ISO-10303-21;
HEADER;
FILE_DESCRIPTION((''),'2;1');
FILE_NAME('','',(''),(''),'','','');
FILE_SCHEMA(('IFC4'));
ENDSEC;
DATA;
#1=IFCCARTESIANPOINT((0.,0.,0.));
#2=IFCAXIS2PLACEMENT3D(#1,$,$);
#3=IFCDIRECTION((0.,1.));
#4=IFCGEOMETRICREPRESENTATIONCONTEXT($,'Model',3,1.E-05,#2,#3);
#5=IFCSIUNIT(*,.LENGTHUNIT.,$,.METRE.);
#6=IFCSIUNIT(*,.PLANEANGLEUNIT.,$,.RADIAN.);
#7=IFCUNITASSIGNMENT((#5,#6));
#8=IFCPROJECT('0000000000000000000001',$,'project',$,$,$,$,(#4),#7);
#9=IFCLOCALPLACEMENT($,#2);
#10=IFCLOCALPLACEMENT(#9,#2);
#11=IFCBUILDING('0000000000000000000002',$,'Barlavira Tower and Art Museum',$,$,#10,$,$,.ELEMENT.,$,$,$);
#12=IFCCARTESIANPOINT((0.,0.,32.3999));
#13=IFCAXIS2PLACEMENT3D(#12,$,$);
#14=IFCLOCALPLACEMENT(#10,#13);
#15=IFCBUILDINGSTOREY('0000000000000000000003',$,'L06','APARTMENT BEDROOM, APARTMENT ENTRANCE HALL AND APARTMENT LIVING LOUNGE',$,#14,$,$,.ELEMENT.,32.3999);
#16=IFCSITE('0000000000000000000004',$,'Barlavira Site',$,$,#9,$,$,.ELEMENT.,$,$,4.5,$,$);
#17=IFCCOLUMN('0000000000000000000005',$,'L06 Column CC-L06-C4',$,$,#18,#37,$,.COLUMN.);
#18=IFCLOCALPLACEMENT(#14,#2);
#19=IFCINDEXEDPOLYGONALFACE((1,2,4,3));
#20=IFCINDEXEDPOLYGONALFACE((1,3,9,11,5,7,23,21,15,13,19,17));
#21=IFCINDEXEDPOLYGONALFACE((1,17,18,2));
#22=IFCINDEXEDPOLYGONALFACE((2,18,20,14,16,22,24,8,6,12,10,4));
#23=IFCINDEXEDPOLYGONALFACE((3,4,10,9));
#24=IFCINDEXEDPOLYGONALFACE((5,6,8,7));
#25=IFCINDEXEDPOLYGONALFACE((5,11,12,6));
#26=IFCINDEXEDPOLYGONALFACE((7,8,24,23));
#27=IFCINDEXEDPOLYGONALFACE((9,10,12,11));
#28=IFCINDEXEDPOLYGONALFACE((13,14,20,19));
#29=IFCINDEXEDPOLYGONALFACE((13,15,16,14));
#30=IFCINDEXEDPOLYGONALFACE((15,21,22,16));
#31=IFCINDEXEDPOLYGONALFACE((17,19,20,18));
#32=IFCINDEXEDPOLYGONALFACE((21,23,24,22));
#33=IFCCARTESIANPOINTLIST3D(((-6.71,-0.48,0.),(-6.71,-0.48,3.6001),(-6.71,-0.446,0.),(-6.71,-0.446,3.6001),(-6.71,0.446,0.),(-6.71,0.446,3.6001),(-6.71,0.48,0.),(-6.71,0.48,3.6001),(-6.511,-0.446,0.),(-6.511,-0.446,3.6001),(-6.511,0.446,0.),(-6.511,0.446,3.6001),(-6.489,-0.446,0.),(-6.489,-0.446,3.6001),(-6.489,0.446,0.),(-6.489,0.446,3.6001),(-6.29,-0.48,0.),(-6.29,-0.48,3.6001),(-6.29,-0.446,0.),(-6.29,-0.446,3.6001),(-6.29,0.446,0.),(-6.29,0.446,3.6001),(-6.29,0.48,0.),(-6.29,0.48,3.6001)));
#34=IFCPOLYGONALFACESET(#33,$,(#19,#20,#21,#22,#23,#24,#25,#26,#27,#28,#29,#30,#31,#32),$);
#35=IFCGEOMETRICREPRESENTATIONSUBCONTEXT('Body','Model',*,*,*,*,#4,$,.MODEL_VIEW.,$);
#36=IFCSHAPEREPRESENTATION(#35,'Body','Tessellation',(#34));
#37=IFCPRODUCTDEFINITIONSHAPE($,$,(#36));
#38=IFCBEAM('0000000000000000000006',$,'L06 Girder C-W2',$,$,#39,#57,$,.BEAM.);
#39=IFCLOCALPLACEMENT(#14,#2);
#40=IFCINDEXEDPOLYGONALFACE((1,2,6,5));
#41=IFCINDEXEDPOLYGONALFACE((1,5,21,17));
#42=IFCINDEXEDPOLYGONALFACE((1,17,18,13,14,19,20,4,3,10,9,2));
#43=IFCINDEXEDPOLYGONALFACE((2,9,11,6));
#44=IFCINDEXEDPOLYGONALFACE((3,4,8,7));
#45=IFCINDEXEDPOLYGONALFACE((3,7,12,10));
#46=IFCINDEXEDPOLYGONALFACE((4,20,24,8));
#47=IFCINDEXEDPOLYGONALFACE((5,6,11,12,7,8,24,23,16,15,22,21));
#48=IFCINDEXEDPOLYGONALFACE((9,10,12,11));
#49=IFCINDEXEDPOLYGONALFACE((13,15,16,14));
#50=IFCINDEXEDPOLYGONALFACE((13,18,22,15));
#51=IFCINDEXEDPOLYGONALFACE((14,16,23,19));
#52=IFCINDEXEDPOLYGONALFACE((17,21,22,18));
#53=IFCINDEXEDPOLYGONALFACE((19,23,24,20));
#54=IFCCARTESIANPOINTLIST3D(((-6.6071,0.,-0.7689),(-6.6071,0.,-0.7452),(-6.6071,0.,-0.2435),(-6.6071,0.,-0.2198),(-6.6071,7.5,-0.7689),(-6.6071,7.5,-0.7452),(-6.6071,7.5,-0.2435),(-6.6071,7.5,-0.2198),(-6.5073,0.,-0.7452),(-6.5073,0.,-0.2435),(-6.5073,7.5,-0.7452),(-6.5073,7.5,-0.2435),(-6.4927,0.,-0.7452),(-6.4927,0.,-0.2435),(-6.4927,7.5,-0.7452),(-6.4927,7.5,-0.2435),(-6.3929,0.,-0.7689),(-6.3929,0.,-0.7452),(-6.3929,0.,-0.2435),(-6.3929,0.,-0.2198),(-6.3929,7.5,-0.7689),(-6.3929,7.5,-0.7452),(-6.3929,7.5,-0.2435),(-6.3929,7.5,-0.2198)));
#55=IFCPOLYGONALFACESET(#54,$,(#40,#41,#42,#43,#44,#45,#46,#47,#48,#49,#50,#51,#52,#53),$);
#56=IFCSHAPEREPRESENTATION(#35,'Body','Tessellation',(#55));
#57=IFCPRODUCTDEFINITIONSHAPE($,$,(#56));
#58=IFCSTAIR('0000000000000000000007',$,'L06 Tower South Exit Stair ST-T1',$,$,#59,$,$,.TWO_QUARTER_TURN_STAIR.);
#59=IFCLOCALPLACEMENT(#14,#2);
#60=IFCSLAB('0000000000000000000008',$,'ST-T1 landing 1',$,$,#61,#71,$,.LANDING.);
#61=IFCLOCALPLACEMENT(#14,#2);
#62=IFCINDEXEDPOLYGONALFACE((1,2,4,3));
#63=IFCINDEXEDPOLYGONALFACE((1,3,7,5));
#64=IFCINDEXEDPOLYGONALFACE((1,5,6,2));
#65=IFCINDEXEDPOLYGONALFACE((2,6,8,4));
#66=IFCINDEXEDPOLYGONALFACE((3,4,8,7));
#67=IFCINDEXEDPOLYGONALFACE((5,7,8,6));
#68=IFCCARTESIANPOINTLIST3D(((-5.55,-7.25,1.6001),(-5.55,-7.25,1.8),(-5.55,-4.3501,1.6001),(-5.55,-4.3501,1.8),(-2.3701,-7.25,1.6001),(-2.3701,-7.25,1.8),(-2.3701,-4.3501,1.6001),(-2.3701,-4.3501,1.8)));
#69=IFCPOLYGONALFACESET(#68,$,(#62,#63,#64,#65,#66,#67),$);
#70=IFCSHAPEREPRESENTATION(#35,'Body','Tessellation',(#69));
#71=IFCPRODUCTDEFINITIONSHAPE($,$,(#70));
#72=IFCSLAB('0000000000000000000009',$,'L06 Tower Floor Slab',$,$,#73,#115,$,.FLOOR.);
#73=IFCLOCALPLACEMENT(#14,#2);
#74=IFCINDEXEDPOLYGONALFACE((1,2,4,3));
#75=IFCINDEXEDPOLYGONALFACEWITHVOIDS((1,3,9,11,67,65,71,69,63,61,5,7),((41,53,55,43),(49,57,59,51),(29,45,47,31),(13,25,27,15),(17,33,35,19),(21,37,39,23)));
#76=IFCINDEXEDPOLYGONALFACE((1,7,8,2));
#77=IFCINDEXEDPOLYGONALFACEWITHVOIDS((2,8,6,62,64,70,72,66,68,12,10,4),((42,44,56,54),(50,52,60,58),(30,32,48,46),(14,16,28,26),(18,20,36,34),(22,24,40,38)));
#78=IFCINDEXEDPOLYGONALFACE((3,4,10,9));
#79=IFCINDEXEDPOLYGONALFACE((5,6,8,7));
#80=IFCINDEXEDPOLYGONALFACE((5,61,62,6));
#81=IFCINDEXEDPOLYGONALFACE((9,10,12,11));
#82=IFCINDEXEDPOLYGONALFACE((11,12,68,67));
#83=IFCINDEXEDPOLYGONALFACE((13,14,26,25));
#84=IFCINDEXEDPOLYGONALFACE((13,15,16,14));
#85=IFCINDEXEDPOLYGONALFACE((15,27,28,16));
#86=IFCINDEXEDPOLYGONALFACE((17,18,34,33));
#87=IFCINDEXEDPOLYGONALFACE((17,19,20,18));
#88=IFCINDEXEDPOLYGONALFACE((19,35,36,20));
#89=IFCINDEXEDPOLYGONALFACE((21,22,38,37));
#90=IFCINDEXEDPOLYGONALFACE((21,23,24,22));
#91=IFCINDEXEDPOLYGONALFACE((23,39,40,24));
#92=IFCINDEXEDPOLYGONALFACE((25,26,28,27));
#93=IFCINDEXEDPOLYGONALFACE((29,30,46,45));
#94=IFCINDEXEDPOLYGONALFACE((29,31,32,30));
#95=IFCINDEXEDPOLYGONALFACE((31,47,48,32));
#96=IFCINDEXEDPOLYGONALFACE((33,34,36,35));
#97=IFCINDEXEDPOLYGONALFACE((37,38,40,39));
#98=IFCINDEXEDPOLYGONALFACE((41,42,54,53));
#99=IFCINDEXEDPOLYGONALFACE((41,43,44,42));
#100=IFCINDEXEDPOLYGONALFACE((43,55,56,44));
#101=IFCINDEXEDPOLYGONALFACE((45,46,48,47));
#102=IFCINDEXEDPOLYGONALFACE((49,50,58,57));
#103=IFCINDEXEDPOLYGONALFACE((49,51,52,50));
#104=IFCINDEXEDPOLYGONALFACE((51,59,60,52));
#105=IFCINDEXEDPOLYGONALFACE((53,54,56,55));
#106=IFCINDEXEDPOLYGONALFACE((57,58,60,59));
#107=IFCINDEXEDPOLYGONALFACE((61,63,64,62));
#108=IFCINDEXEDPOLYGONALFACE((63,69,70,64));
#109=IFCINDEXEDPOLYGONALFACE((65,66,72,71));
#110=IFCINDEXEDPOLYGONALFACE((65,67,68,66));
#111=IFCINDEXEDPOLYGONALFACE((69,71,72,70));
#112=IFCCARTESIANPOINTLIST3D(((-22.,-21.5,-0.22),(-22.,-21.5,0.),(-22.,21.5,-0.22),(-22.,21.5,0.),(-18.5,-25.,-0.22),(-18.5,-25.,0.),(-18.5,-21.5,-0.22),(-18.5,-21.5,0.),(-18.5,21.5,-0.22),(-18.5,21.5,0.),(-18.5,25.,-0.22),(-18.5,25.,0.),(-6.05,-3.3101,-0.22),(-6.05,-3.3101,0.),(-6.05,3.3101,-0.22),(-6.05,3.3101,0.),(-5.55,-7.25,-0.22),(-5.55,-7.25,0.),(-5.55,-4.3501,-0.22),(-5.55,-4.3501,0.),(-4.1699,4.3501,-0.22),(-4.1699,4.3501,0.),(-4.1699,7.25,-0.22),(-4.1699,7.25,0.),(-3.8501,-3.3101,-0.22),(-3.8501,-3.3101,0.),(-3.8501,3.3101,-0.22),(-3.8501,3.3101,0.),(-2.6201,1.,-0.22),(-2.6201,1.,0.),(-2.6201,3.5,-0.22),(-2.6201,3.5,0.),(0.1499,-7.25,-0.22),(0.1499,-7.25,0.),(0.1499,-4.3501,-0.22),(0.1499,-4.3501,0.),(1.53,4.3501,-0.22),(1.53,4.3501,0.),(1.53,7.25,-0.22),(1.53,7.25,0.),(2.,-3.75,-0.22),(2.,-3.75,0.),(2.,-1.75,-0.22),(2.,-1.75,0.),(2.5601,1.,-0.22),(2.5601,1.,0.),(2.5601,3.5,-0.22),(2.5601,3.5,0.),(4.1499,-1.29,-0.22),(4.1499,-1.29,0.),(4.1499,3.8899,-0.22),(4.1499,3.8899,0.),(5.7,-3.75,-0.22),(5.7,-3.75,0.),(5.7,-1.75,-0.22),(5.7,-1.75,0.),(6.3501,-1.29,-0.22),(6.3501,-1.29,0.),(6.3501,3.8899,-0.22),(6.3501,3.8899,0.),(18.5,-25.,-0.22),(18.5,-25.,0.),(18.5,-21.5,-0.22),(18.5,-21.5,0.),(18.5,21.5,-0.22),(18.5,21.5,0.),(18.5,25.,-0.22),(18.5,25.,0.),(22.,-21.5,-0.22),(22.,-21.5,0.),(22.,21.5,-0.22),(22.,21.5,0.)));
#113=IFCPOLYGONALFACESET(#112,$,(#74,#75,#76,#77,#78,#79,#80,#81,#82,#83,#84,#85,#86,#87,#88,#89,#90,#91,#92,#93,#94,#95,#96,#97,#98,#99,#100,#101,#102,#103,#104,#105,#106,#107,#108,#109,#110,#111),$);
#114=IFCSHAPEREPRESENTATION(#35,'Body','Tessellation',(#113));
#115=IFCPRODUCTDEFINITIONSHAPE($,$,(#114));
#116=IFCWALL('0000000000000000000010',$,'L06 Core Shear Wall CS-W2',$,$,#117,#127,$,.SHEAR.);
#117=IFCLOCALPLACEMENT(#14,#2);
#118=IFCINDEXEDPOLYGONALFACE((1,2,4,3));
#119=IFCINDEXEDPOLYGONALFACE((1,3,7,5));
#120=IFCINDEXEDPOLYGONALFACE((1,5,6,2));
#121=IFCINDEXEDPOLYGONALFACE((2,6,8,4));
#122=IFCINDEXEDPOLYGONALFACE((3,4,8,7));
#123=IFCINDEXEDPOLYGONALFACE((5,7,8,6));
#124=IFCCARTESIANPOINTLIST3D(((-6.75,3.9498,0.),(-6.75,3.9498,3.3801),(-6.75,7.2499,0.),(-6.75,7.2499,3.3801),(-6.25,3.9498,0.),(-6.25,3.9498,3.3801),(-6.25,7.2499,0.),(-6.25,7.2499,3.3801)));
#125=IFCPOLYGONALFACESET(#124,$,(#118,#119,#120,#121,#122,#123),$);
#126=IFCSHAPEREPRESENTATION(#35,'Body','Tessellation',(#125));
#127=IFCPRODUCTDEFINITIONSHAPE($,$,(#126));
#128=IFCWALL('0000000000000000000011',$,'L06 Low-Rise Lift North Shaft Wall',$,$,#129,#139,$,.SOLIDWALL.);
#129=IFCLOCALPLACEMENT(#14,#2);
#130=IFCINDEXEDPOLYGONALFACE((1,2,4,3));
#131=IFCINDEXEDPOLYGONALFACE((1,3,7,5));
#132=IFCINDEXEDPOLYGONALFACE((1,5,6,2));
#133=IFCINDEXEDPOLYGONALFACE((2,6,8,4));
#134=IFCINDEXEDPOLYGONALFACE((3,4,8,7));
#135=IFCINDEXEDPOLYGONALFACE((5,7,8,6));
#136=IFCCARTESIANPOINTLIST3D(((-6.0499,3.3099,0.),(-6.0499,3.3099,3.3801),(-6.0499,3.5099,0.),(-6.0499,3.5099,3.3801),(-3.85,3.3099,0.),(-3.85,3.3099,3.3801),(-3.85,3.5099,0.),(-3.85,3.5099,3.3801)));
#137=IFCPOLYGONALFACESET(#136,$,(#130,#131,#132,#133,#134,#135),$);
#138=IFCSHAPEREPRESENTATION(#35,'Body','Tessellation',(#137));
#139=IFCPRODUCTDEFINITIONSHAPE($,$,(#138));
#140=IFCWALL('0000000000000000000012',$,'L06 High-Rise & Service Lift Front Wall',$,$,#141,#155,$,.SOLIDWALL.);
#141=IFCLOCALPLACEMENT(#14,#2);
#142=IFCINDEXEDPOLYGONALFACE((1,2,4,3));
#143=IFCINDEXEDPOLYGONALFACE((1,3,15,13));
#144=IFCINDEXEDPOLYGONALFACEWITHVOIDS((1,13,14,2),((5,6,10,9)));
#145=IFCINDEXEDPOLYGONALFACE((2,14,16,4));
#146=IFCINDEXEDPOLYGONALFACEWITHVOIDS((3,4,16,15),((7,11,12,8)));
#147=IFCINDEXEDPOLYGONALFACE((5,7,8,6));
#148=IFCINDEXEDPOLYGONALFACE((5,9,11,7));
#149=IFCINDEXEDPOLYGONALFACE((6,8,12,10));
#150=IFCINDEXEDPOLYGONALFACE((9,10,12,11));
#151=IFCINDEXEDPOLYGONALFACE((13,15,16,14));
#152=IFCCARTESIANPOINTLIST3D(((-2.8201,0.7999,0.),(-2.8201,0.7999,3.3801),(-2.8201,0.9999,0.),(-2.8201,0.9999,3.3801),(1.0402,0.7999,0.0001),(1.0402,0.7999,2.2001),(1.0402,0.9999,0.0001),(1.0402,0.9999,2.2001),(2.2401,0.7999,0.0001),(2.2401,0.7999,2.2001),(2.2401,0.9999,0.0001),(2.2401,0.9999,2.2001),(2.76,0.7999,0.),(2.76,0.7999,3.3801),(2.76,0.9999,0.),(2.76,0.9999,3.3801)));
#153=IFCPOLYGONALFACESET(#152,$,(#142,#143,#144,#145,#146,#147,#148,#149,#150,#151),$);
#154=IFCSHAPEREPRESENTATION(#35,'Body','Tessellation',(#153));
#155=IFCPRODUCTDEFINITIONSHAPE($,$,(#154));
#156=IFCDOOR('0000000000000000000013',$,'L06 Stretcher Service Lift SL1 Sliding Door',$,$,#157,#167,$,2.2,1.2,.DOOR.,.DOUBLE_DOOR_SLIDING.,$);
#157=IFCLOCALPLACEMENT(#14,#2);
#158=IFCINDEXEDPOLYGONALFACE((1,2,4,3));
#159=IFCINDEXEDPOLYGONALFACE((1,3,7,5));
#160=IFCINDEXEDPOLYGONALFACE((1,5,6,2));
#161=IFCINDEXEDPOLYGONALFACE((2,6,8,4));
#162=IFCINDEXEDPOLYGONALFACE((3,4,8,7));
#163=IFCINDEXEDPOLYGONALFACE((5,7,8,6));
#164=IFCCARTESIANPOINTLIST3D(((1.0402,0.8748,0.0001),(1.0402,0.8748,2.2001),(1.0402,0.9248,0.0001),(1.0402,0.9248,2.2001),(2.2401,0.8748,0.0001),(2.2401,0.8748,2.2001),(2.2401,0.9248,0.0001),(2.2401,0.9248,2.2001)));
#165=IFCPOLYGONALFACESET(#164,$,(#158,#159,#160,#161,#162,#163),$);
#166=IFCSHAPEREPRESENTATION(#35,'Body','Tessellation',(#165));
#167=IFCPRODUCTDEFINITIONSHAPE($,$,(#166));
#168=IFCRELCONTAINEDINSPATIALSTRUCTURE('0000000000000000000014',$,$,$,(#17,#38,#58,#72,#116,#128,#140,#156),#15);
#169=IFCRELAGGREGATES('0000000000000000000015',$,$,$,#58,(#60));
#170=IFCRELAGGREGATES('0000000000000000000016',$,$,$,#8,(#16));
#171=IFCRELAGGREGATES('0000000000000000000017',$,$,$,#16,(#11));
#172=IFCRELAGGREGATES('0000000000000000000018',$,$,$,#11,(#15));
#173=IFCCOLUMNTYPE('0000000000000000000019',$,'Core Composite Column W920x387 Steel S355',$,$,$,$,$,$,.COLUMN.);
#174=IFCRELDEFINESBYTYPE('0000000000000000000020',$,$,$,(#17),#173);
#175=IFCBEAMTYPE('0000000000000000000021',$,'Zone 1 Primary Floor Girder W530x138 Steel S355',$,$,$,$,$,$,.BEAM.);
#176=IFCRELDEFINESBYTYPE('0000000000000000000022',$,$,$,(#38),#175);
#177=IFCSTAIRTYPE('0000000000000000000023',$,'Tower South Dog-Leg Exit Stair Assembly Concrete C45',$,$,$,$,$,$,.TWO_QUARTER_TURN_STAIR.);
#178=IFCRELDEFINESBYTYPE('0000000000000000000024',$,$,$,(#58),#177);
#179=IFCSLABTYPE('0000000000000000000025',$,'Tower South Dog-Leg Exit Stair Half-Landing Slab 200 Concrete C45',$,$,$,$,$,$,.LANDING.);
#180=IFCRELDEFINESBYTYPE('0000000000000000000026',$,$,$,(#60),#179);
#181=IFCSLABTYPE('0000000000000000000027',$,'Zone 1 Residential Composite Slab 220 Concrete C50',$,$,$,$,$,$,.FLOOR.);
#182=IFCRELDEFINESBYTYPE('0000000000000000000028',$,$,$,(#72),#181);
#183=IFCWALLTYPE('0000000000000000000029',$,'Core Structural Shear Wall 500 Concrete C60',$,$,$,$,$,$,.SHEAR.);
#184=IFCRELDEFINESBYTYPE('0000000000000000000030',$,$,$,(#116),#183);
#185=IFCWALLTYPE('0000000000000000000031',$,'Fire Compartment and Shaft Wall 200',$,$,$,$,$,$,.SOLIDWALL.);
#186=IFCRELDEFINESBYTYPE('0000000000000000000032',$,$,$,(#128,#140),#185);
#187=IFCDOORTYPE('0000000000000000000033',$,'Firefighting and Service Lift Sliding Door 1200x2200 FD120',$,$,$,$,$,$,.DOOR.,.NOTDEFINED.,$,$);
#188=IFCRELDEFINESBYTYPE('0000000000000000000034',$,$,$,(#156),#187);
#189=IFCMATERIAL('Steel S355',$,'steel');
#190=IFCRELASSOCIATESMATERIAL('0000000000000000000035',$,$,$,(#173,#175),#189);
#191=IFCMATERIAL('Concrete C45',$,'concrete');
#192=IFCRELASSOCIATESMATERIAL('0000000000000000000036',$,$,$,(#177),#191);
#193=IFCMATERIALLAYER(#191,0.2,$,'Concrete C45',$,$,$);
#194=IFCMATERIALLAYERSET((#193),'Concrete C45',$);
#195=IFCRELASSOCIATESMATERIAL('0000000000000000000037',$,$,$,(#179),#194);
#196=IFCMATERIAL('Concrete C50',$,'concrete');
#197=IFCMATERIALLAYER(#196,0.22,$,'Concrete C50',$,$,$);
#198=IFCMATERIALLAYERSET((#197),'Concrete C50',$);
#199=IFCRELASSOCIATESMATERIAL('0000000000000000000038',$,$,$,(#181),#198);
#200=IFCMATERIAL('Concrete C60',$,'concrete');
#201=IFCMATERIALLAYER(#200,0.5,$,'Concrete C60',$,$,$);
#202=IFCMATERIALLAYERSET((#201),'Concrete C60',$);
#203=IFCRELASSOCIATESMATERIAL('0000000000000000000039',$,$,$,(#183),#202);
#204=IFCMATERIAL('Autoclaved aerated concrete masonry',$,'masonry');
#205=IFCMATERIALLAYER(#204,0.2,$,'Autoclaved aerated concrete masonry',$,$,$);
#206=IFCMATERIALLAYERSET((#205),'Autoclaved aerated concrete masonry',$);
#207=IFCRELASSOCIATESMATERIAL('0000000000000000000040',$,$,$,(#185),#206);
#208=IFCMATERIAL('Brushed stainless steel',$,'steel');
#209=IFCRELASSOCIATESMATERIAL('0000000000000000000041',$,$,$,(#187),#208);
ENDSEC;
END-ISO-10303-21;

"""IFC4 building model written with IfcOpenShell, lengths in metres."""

from ifc_helpers import new_model, si_unit, direction, frame, frame_2d, origin, origin_2d, place, context, subcontext, project, spatial, polyline, rectangle, i_section, outline, extrude, material, layer, layer_set, material_profile, profile_set, type_object, element, fill, aggregate, save


model = new_model("IFC4")

# Units and contexts
model_context = context("Model", 3, precision=1e-05, world=origin(), true_north=direction((0.0, 1.0)))
body_context = subcontext(model_context, "Body", "Model", "MODEL_VIEW")
ifc_project = project(units=[si_unit("LENGTHUNIT", "METRE"), si_unit("PLANEANGLEUNIT", "RADIAN")], contexts=[model_context])

# Site, building, storey
site_placement = place(None, origin())
site = spatial("IfcSite", under=ifc_project, at=site_placement, Name="Barlavira Site", CompositionType="ELEMENT", RefElevation=4.5)
building_placement = place(site_placement, origin())
building = spatial("IfcBuilding", under=site, at=building_placement, Name="Barlavira Tower and Art Museum", CompositionType="ELEMENT")
storey_placement = place(building_placement, frame((0.0, 0.0, 32.3999)))
storey = spatial("IfcBuildingStorey", under=building, at=storey_placement, Name="L06", Description="APARTMENT BEDROOM, APARTMENT ENTRANCE HALL AND APARTMENT LIVING LOUNGE", CompositionType="ELEMENT", Elevation=32.3999)

# Column
ifc_material_1 = material(Name="Steel S355", Category="steel")
ifc_material_profile_1 = material_profile(ifc_material_1, i_section(OverallWidth=0.4199, OverallDepth=0.96, WebThickness=0.022, FlangeThickness=0.0339, at=origin_2d()), Name="W920x387.0")
ifc_profile_set_1 = profile_set([ifc_material_profile_1], Name="Steel S355")
column_type = type_object("IfcColumnType", Name="Core Composite Column W920x387 Steel S355", PredefinedType="COLUMN", material=ifc_profile_set_1)
column_placement = place(storey_placement, frame((-6.5, 0.0, 0.0), z_axis=(0.0, 0.0, 1.0), x_axis=(1.0, 0.0, 0.0)))
element("IfcColumn", 1, at=column_placement, inside=storey, type_object=column_type, Name="L06 Column CC-L06-C4", PredefinedType="COLUMN", context=body_context, shape_type="SweptSolid", body=[
    extrude(i_section(OverallWidth=0.4199, OverallDepth=0.96, WebThickness=0.022, FlangeThickness=0.0339, at=origin_2d()), origin(), (0.0, 0.0, 1.0), 3.6001),
])

# Beam
ifc_material_profile_2 = material_profile(ifc_material_1, i_section(OverallWidth=0.2141, OverallDepth=0.5491, WebThickness=0.0146, FlangeThickness=0.0237, at=origin_2d()), Name="W530x138.0")
ifc_profile_set_2 = profile_set([ifc_material_profile_2], Name="Steel S355")
beam_type = type_object("IfcBeamType", Name="Zone 1 Primary Floor Girder W530x138 Steel S355", PredefinedType="BEAM", material=ifc_profile_set_2)
beam_placement = place(storey_placement, frame((-6.5, 0.0, -0.4944), z_axis=(0.0, 1.0, 0.0), x_axis=(-1.0, 0.0, 0.0)))
element("IfcBeam", 2, at=beam_placement, inside=storey, type_object=beam_type, Name="L06 Girder C-W2", PredefinedType="BEAM", context=body_context, shape_type="SweptSolid", body=[
    extrude(i_section(OverallWidth=0.2141, OverallDepth=0.5491, WebThickness=0.0146, FlangeThickness=0.0237, at=origin_2d()), origin(), (0.0, 0.0, 1.0), 7.5),
])

# Stair, slab
ifc_material_2 = material(Name="Concrete C45", Category="concrete")
stair_type_1 = type_object("IfcStairType", Name="Tower South Dog-Leg Exit Stair Assembly Concrete C45", PredefinedType="TWO_QUARTER_TURN_STAIR", material=ifc_material_2)
stair_1_placement = place(storey_placement, origin())
stair_1 = element("IfcStair", 3, at=stair_1_placement, inside=storey, type_object=stair_type_1, Name="L06 Tower South Exit Stair ST-T1", PredefinedType="TWO_QUARTER_TURN_STAIR")
ifc_layer_1 = layer(ifc_material_2, 0.2, Name="Concrete C45")
ifc_layer_set_1 = layer_set([ifc_layer_1], Name="Concrete C45")
slab_type_1 = type_object("IfcSlabType", Name="Tower South Dog-Leg Exit Stair Half-Landing Slab 200 Concrete C45", PredefinedType="LANDING", material=ifc_layer_set_1)
slab_1_placement = place(storey_placement, frame((0.0, 0.0, 1.6001)))
slab_1 = element("IfcSlab", 4, at=slab_1_placement, type_object=slab_type_1, Name="ST-T1 landing 1", PredefinedType="LANDING", context=body_context, shape_type="SweptSolid", body=[
    extrude(outline(polyline([(-2.3701, -4.3501), (-5.55, -4.3501), (-5.55, -7.25), (-2.3701, -7.25), (-2.3701, -4.3501)])), origin(), (0.0, 0.0, 1.0), 0.2),
])
aggregate(stair_1, [slab_1])

# Slab
ifc_material_3 = material(Name="Concrete C50", Category="concrete")
ifc_layer_2 = layer(ifc_material_3, 0.22, Name="Concrete C50")
ifc_layer_set_2 = layer_set([ifc_layer_2], Name="Concrete C50")
slab_type_2 = type_object("IfcSlabType", Name="Zone 1 Residential Composite Slab 220 Concrete C50", PredefinedType="FLOOR", material=ifc_layer_set_2)
slab_2_placement = place(storey_placement, frame((0.0, 0.0, -0.22)))
element("IfcSlab", 5, at=slab_2_placement, inside=storey, type_object=slab_type_2, Name="L06 Tower Floor Slab", PredefinedType="FLOOR", context=body_context, shape_type="SweptSolid", body=[
    extrude(outline(polyline([(-18.5, -25.0), (18.5, -25.0), (18.5, -21.5), (22.0, -21.5), (22.0, 21.5), (18.5, 21.5), (18.5, 25.0), (-18.5, 25.0), (-18.5, 21.5), (-22.0, 21.5), (-22.0, -21.5), (-18.5, -21.5), (-18.5, -25.0)]), holes=[polyline([(0.1499, -4.3501), (-5.55, -4.3501), (-5.55, -7.25), (0.1499, -7.25), (0.1499, -4.3501)]), polyline([(-4.1699, 4.3501), (1.53, 4.3501), (1.53, 7.25), (-4.1699, 7.25), (-4.1699, 4.3501)]), polyline([(-6.05, -3.3101), (-3.8501, -3.3101), (-3.8501, 3.3101), (-6.05, 3.3101), (-6.05, -3.3101)]), polyline([(4.1499, -1.29), (6.3501, -1.29), (6.3501, 3.8899), (4.1499, 3.8899), (4.1499, -1.29)]), polyline([(-2.6201, 1.0), (2.5601, 1.0), (2.5601, 3.5), (-2.6201, 3.5), (-2.6201, 1.0)]), polyline([(2.0, -3.75), (5.7, -3.75), (5.7, -1.75), (2.0, -1.75), (2.0, -3.75)])]), origin(), (0.0, 0.0, 1.0), 0.22),
])

# Shared definitions
ifc_material_4 = material(Name="Concrete C60", Category="concrete")
ifc_layer_3 = layer(ifc_material_4, 0.5, Name="Concrete C60")
ifc_layer_set_3 = layer_set([ifc_layer_3], Name="Concrete C60")
wall_type_1 = type_object("IfcWallType", Name="Core Structural Shear Wall 500 Concrete C60", PredefinedType="SHEAR", material=ifc_layer_set_3)
ifc_material_5 = material(Name="Brushed stainless steel", Category="steel")

# Walls
wall_1_placement = place(storey_placement, frame((-6.5, 3.95, 0.0), z_axis=(0.0, 0.0, 1.0), x_axis=(0.0, 1.0, 0.0)))
element("IfcWall", 6, at=wall_1_placement, inside=storey, type_object=wall_type_1, Name="L06 Core Shear Wall CS-W2", PredefinedType="SHEAR", context=body_context, shape_type="SweptSolid", body=[
    extrude(rectangle(XDim=3.3, YDim=0.5, at=frame_2d((1.6499, 0.0))), origin(), (0.0, 0.0, 1.0), 3.3801),
])
ifc_material_6 = material(Name="Autoclaved aerated concrete masonry", Category="masonry")
ifc_layer_4 = layer(ifc_material_6, 0.2, Name="Autoclaved aerated concrete masonry")
ifc_layer_set_4 = layer_set([ifc_layer_4], Name="Autoclaved aerated concrete masonry")
wall_type_2 = type_object("IfcWallType", Name="Fire Compartment and Shaft Wall 200", PredefinedType="SOLIDWALL", material=ifc_layer_set_4)
wall_2_placement = place(storey_placement, frame((-6.05, 3.4099, 0.0), z_axis=(0.0, 0.0, 1.0), x_axis=(1.0, 0.0, 0.0)))
element("IfcWall", 7, at=wall_2_placement, inside=storey, type_object=wall_type_2, Name="L06 Low-Rise Lift North Shaft Wall", PredefinedType="SOLIDWALL", context=body_context, shape_type="SweptSolid", body=[
    extrude(rectangle(XDim=2.2, YDim=0.2, at=frame_2d((1.1001, 0.0))), origin(), (0.0, 0.0, 1.0), 3.3801),
])

# Wall, opening, door
wall_3_placement = place(storey_placement, frame((-2.8201, 0.8999, 0.0), z_axis=(0.0, 0.0, 1.0), x_axis=(1.0, 0.0, 0.0)))
wall_3 = element("IfcWall", 8, at=wall_3_placement, inside=storey, type_object=wall_type_2, Name="L06 High-Rise & Service Lift Front Wall", PredefinedType="SOLIDWALL", context=body_context, shape_type="SweptSolid", body=[
    extrude(rectangle(XDim=5.5801, YDim=0.2, at=frame_2d((2.79, 0.0))), origin(), (0.0, 0.0, 1.0), 3.3801),
])
opening_1_placement = place(wall_3_placement, frame((3.8601, 0.0, 0.0)))
opening_1 = element("IfcOpeningElement", 9, at=opening_1_placement, cuts=wall_3, PredefinedType="OPENING", context=body_context, shape_type="SweptSolid", body=[
    extrude(rectangle(XDim=1.2, YDim=2.2, at=frame_2d((0.6001, 1.1001))), frame((0.0, 0.1099, 0.0), z_axis=(0.0, -1.0, 0.0), x_axis=(1.0, 0.0, 0.0)), (0.0, 0.0, 1.0), 0.22),
])
door_type_1 = type_object("IfcDoorType", Name="Firefighting and Service Lift Sliding Door 1200x2200 FD120", OperationType="NOTDEFINED", PredefinedType="DOOR", material=ifc_material_5)
door_1_placement = place(opening_1_placement, origin())
door_1 = element("IfcDoor", 10, at=door_1_placement, inside=storey, type_object=door_type_1, Name="L06 Stretcher Service Lift SL1 Sliding Door", OperationType="DOUBLE_DOOR_SLIDING", OverallHeight=2.2, OverallWidth=1.2, PredefinedType="DOOR", context=body_context, shape_type="SweptSolid", body=[
    extrude(rectangle(XDim=1.2, YDim=2.2, at=frame_2d((0.6001, 1.1001))), frame((0.0, 0.0249, 0.0), z_axis=(0.0, -1.0, 0.0), x_axis=(1.0, 0.0, 0.0)), (0.0, 0.0, 1.0), 0.05),
])
fill(opening_1, door_1)

save(model, "model.ifc")
